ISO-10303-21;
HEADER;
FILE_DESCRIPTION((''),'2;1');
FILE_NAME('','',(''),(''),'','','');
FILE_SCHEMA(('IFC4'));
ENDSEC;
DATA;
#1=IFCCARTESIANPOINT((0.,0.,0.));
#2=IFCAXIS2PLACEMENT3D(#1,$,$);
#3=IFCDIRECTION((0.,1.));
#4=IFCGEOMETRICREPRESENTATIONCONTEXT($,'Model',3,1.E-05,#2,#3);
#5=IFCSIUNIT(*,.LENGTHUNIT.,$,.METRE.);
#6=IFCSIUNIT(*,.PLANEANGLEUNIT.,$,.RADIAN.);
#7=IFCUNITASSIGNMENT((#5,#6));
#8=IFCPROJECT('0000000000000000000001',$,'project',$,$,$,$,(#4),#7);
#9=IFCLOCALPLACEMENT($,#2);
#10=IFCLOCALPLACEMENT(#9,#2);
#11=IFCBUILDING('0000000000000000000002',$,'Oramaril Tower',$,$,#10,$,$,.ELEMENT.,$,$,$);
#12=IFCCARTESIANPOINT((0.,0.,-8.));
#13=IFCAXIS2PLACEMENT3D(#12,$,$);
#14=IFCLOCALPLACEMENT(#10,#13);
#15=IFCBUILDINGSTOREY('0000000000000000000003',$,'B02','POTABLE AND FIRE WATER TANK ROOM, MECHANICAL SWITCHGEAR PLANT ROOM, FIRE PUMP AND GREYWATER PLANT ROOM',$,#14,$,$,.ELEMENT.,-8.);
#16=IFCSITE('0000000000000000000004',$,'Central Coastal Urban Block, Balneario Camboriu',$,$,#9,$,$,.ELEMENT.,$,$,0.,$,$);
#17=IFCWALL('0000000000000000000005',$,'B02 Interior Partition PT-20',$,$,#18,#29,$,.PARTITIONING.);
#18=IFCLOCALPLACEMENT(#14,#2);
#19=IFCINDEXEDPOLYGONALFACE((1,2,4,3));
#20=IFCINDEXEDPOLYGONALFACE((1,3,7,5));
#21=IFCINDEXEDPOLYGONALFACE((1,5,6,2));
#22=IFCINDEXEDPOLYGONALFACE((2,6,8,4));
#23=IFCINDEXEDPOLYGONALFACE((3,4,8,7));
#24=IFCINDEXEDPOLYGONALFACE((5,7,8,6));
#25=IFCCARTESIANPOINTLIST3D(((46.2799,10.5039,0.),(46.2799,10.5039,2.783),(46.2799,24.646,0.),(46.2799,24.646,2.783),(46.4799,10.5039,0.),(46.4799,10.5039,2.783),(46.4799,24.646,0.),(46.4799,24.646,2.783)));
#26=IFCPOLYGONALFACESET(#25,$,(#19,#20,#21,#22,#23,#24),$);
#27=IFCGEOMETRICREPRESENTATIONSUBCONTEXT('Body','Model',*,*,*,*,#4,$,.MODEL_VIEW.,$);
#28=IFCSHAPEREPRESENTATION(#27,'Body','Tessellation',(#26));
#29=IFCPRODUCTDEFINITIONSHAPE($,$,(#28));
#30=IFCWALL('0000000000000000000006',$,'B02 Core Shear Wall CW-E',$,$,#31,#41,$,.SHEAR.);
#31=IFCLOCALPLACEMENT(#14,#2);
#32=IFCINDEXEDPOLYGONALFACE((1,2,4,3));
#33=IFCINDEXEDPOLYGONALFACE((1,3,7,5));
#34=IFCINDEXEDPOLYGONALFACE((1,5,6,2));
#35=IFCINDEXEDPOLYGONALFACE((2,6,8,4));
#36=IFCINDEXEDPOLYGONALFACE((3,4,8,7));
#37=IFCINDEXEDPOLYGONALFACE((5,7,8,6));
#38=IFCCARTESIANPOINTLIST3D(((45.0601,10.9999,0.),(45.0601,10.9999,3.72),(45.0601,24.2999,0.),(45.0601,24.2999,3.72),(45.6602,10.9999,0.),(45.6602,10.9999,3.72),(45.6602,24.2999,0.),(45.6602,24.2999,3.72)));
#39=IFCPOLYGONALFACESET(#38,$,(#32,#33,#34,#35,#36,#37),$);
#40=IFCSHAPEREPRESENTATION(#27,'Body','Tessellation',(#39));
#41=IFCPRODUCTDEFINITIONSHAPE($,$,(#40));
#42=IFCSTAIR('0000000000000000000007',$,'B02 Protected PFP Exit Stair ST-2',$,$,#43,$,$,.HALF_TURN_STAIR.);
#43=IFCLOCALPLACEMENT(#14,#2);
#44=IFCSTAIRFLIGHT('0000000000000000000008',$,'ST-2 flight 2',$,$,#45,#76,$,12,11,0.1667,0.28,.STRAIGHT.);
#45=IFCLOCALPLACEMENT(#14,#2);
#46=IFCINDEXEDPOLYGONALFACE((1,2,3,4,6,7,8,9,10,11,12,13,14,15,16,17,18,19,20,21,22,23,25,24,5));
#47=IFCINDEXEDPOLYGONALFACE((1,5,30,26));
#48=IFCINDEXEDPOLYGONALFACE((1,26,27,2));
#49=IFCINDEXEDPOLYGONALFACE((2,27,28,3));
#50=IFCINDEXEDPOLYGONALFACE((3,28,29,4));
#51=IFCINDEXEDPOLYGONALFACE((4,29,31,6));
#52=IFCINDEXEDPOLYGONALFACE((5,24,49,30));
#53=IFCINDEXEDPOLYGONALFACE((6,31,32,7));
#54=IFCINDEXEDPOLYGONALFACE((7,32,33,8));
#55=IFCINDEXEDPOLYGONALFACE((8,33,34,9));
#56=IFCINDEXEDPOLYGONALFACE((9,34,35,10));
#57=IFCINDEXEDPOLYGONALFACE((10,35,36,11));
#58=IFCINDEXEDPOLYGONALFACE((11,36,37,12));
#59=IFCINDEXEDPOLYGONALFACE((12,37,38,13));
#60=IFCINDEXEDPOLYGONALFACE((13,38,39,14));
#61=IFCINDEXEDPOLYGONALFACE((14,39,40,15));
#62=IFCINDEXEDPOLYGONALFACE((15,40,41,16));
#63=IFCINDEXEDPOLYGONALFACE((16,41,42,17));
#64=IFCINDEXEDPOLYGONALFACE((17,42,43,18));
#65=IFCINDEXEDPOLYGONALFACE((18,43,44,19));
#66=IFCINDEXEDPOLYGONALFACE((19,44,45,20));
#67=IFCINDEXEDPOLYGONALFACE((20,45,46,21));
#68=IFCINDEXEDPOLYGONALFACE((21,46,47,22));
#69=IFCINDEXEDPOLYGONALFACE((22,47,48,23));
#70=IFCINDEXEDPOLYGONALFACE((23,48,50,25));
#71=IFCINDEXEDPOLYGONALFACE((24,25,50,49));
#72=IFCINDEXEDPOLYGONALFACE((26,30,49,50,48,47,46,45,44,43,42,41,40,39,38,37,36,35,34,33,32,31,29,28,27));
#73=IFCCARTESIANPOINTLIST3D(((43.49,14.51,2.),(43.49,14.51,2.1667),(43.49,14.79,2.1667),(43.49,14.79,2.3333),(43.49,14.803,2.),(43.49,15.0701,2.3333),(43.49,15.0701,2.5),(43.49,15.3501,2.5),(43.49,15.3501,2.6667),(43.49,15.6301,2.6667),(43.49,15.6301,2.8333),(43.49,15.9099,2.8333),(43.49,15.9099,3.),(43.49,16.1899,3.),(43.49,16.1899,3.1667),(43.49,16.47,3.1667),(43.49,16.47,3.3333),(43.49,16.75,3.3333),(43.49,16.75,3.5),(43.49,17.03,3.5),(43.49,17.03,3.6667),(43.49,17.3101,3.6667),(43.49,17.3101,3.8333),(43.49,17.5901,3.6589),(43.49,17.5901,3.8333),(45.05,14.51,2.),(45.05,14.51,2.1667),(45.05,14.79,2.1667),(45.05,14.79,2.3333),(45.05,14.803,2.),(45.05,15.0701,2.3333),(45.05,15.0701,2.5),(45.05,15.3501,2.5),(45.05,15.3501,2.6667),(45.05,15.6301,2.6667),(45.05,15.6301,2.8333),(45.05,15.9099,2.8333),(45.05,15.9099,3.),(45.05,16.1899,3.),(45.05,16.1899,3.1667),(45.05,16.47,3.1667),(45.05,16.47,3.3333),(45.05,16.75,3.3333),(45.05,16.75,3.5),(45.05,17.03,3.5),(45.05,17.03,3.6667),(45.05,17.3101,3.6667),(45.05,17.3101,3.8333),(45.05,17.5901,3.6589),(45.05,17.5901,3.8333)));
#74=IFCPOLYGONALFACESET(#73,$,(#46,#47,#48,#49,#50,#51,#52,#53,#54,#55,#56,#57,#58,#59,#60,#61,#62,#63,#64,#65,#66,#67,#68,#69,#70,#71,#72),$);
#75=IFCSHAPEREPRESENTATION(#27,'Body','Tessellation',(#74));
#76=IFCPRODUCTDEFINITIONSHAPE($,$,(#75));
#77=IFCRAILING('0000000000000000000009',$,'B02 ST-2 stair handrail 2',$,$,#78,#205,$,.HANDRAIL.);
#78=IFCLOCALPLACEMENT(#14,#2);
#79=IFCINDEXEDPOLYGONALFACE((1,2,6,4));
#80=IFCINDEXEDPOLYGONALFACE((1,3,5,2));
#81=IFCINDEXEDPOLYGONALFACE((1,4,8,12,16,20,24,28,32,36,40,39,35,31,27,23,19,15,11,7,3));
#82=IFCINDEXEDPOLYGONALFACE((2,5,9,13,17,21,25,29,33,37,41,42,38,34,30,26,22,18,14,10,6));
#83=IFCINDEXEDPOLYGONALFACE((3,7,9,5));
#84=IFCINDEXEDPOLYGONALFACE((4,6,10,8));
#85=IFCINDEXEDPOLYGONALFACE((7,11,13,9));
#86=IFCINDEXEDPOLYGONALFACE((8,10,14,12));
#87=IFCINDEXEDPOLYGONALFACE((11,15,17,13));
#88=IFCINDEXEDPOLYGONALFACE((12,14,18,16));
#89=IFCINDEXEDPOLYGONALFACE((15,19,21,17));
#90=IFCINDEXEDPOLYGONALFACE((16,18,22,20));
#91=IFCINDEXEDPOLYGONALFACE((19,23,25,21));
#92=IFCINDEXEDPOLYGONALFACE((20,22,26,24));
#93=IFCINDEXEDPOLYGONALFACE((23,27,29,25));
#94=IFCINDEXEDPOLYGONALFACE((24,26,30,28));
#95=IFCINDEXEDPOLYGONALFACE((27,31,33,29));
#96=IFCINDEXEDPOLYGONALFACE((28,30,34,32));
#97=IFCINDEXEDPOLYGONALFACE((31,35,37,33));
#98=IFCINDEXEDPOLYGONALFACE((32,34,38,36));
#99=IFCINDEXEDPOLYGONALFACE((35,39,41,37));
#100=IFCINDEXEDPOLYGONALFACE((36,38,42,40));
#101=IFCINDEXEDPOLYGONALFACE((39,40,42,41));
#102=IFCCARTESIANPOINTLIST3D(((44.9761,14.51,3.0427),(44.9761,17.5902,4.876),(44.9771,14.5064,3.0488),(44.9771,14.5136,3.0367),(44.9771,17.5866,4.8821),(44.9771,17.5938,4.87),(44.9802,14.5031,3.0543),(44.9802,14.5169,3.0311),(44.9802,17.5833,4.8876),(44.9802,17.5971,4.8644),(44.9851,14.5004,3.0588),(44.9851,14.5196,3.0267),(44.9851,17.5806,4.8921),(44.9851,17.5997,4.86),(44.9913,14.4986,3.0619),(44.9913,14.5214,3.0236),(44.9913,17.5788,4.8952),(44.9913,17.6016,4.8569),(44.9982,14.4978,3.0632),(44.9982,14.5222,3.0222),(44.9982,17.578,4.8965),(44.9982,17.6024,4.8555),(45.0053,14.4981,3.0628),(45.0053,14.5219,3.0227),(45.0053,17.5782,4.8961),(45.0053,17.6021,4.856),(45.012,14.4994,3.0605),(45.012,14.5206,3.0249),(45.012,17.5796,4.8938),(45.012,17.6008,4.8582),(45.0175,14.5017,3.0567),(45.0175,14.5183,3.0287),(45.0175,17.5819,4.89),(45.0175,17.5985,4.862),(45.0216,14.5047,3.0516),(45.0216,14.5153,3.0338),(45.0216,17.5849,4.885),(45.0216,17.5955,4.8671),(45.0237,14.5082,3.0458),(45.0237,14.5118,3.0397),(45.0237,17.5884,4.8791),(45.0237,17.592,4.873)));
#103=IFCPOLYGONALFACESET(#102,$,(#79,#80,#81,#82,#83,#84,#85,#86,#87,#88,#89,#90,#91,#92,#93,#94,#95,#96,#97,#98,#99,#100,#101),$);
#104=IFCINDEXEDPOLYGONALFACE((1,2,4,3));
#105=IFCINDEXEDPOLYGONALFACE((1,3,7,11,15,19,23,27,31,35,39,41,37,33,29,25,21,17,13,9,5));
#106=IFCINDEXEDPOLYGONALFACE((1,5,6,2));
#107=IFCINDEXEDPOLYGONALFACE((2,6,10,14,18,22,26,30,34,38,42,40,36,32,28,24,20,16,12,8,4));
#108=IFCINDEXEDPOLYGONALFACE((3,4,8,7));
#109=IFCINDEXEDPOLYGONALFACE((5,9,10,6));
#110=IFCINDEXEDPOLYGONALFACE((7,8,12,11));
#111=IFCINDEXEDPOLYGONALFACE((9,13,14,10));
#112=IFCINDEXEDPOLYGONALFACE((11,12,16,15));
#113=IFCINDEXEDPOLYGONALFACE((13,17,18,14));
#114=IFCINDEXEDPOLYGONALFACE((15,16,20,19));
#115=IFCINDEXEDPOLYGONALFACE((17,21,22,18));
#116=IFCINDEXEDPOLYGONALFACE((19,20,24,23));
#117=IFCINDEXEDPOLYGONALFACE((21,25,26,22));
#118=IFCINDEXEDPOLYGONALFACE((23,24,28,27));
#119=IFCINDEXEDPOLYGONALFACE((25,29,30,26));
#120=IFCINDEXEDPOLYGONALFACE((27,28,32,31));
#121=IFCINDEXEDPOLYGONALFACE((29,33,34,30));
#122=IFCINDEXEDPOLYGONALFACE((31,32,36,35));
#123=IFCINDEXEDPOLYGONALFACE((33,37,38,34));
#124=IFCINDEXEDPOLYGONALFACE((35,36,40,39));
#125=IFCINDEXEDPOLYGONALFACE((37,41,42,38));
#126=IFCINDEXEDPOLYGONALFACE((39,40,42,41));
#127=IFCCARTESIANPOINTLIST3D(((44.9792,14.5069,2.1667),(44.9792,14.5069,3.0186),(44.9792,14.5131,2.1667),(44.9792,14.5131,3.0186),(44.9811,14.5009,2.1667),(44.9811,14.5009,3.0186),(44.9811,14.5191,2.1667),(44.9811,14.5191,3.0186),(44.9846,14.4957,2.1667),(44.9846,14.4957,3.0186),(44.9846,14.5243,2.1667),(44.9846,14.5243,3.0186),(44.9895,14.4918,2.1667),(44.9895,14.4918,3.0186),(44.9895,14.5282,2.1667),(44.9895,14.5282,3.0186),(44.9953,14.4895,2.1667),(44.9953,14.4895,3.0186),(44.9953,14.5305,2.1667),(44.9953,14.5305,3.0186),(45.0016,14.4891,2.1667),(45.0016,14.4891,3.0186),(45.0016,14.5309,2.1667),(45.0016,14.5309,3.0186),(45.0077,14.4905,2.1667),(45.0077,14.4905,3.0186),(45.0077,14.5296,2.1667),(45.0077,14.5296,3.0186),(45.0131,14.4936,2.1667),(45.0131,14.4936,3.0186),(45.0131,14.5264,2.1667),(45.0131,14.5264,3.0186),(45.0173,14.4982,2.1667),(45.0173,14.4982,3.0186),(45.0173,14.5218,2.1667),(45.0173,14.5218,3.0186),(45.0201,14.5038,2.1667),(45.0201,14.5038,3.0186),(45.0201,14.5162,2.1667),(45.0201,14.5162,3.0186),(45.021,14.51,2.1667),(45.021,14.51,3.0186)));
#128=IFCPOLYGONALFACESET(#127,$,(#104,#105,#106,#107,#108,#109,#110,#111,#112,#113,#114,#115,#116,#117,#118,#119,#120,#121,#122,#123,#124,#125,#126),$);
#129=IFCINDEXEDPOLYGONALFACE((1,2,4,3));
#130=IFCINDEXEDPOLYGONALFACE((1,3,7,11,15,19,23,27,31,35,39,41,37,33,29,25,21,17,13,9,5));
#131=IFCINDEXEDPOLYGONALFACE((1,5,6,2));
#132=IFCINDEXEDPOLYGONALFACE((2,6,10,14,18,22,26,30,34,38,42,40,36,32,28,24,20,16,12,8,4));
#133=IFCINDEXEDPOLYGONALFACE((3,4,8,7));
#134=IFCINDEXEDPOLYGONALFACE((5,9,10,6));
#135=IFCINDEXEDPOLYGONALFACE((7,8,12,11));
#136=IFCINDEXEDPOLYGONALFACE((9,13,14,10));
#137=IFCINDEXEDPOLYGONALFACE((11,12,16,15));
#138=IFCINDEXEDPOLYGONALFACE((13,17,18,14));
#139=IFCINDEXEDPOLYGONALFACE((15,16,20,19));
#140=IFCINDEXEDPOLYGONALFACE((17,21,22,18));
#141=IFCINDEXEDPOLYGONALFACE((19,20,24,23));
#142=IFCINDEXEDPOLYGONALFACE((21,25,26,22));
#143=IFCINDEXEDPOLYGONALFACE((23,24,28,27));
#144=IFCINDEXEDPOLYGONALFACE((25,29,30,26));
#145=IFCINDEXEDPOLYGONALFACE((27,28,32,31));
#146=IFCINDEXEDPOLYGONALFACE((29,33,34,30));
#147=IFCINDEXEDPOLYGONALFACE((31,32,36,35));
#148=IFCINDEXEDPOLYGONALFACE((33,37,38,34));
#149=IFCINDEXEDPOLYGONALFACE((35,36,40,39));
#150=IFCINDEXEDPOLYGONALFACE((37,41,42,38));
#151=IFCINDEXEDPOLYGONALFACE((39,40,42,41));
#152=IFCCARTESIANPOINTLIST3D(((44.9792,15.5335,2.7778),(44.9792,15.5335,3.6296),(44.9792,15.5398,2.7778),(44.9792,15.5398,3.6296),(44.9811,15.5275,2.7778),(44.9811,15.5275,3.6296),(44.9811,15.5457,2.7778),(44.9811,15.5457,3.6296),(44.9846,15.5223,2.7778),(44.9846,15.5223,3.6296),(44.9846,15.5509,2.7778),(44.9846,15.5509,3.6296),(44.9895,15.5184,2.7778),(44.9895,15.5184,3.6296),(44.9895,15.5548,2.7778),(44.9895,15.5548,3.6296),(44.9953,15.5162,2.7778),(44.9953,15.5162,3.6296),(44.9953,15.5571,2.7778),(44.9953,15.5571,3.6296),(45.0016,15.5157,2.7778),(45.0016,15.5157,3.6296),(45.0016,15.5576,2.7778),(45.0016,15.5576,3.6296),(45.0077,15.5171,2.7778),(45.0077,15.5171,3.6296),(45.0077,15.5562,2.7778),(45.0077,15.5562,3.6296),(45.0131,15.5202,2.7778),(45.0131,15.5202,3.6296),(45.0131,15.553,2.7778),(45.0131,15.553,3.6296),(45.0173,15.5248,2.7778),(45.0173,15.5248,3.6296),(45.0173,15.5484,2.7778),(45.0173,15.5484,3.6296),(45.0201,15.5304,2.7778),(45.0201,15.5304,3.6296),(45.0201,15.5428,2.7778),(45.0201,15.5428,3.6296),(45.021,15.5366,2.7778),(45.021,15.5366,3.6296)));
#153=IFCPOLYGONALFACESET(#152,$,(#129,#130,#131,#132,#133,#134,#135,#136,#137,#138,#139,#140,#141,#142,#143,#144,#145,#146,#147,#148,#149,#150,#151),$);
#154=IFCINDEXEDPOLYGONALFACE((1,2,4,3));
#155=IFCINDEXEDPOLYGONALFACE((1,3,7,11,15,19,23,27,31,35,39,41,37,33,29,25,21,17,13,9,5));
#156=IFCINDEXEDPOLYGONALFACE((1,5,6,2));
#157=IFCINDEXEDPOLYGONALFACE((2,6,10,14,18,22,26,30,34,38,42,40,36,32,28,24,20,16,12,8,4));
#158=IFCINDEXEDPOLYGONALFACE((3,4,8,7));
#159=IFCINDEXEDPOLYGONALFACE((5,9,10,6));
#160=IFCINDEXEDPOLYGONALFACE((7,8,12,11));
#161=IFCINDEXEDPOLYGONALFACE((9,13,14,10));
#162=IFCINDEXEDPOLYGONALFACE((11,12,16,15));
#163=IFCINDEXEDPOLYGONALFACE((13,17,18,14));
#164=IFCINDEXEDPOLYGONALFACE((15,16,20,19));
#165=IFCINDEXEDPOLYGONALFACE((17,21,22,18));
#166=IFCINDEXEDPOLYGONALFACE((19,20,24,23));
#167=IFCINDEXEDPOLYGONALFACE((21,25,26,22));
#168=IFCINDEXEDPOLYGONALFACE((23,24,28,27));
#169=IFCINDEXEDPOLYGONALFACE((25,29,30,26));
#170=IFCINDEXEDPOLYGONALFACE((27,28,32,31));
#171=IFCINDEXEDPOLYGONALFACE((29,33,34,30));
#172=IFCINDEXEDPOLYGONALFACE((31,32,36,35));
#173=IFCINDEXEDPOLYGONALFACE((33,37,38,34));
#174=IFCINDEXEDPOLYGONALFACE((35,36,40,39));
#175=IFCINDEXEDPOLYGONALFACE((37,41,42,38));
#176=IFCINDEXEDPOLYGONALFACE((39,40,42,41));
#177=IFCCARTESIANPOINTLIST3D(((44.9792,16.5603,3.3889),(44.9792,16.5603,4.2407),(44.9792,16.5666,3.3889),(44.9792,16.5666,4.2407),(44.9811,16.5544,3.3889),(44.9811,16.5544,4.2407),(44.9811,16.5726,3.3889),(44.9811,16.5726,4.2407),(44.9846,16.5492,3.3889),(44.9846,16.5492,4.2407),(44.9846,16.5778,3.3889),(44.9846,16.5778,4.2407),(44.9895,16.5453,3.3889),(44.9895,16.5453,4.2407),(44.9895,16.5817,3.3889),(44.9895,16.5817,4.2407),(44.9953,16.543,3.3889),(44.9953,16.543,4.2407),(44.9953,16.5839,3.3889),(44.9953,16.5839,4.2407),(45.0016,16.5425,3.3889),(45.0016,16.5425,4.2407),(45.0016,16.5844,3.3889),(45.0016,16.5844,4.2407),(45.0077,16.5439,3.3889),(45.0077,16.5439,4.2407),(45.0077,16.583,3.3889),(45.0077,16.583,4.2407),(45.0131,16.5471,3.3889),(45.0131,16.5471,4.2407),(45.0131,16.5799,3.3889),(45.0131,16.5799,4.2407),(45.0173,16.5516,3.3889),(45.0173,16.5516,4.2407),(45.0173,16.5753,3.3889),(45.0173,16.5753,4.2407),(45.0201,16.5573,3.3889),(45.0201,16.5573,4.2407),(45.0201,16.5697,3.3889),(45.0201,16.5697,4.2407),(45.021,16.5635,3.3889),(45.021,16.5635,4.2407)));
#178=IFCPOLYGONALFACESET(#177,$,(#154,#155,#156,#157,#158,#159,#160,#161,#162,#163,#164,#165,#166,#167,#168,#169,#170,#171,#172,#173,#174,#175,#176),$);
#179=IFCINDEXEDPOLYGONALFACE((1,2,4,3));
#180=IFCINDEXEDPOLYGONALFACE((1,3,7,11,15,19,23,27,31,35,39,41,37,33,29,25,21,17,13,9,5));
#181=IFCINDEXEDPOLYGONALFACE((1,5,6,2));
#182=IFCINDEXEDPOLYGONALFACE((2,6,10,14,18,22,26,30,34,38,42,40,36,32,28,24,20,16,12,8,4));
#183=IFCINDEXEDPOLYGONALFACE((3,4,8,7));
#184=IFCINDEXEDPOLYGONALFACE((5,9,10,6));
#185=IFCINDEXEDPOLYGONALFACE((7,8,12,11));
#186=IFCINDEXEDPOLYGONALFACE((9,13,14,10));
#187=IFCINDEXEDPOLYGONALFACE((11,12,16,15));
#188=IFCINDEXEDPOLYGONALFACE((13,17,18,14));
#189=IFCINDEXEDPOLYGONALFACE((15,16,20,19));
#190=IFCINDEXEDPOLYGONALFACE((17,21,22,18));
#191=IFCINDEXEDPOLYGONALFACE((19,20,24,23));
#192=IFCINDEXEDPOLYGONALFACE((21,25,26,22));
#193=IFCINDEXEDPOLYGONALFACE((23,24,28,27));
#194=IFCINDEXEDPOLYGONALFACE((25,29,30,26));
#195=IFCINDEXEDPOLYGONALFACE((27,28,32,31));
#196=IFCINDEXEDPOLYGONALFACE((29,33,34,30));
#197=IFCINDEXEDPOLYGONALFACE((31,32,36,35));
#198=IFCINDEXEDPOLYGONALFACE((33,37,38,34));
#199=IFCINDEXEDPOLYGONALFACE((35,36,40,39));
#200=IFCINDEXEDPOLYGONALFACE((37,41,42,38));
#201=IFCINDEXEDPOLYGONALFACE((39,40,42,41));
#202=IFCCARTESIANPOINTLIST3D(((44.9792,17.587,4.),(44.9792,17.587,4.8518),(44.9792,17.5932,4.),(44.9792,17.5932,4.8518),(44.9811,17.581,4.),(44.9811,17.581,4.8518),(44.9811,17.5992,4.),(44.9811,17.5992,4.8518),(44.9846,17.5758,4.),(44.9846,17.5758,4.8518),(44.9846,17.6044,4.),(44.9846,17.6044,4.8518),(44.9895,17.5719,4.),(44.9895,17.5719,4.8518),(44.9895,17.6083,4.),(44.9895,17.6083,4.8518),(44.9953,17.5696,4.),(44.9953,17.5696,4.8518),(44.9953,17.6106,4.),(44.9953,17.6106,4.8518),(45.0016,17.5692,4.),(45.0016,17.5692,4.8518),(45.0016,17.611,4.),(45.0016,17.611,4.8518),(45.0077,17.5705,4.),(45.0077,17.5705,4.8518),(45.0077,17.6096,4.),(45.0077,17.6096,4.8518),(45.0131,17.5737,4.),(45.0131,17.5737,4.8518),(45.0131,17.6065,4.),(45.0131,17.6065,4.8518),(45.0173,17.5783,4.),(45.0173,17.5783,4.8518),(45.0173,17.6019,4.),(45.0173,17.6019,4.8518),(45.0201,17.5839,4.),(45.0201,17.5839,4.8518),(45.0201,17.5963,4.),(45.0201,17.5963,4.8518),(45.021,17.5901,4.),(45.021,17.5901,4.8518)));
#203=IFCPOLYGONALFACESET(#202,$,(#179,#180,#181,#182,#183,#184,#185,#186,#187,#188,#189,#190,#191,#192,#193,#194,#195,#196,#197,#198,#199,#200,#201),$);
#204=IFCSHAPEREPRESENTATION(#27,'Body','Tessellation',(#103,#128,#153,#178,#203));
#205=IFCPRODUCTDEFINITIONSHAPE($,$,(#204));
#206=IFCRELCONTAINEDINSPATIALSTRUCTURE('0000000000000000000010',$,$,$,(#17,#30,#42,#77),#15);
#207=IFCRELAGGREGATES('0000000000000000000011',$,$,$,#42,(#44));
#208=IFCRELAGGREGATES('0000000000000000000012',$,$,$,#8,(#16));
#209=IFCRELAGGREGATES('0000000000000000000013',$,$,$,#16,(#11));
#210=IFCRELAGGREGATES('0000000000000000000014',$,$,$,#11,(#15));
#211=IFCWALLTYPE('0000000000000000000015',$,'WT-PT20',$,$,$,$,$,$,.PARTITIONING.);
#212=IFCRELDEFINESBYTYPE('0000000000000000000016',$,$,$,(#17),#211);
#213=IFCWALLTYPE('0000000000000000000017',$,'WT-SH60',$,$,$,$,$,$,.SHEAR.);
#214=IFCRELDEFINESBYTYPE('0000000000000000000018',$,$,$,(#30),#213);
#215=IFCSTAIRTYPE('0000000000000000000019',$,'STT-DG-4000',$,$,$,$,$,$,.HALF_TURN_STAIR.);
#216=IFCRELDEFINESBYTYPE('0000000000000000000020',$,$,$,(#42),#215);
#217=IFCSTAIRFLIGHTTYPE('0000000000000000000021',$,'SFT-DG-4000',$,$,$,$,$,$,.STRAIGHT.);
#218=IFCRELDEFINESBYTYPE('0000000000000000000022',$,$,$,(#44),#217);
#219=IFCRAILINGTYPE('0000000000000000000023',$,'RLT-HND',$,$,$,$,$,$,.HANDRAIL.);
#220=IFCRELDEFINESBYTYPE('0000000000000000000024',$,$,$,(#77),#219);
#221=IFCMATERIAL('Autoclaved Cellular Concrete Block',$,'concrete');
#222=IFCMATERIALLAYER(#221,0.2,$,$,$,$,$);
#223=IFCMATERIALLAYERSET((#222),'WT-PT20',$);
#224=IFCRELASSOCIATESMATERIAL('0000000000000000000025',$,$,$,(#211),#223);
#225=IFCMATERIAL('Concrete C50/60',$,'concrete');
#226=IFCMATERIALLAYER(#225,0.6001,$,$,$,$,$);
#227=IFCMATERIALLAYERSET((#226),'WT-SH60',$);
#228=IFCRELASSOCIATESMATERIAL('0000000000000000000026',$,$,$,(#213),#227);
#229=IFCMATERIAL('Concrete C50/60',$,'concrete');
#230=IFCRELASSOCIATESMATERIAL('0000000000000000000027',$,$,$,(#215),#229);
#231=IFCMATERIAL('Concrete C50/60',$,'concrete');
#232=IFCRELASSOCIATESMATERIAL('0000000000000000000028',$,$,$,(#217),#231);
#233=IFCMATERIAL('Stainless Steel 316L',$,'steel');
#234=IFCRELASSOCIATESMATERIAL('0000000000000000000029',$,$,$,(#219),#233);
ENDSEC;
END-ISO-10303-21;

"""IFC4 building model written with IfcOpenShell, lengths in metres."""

from ifc_helpers import new_model, si_unit, direction, frame, frame_2d, origin, origin_2d, place, context, subcontext, project, spatial, polyline, rectangle, circle, outline, extrude, material, layer, layer_set, type_object, element, aggregate, save


model = new_model("IFC4")

# Units and contexts
model_context = context("Model", 3, precision=1e-05, world=origin(), true_north=direction((0.0, 1.0)))
body_context = subcontext(model_context, "Body", "Model", "MODEL_VIEW")
ifc_project = project(units=[si_unit("LENGTHUNIT", "METRE"), si_unit("PLANEANGLEUNIT", "RADIAN")], contexts=[model_context])

# Site, building, storey
site_placement = place(None, origin())
site = spatial("IfcSite", under=ifc_project, at=site_placement, Name="Central Coastal Urban Block, Balneario Camboriu", CompositionType="ELEMENT", RefElevation=0.0)
building_placement = place(site_placement, origin())
building = spatial("IfcBuilding", under=site, at=building_placement, Name="Oramaril Tower", CompositionType="ELEMENT")
storey_placement = place(building_placement, frame((0.0, 0.0, -8.0)))
storey = spatial("IfcBuildingStorey", under=building, at=storey_placement, Name="B02", Description="POTABLE AND FIRE WATER TANK ROOM, MECHANICAL SWITCHGEAR PLANT ROOM, FIRE PUMP AND GREYWATER PLANT ROOM", CompositionType="ELEMENT", Elevation=-8.0)

# Walls
ifc_material_1 = material(Name="Autoclaved Cellular Concrete Block", Category="concrete")
ifc_layer_1 = layer(ifc_material_1, 0.2)
ifc_layer_set_1 = layer_set([ifc_layer_1], Name="WT-PT20")
wall_type_1 = type_object("IfcWallType", Name="WT-PT20", PredefinedType="PARTITIONING", material=ifc_layer_set_1)
wall_1_placement = place(storey_placement, frame((46.3799, 10.5039, 0.0), z_axis=(0.0, 0.0, 1.0), x_axis=(0.0, 1.0, 0.0)))
element("IfcWall", 1, at=wall_1_placement, inside=storey, type_object=wall_type_1, Name="B02 Interior Partition PT-20", PredefinedType="PARTITIONING", context=body_context, shape_type="SweptSolid", body=[
    extrude(rectangle(XDim=14.1421, YDim=0.2, at=frame_2d((7.071, 0.0))), origin(), (0.0, 0.0, 1.0), 2.783),
])
ifc_material_2 = material(Name="Concrete C50/60", Category="concrete")
ifc_layer_2 = layer(ifc_material_2, 0.6001)
ifc_layer_set_2 = layer_set([ifc_layer_2], Name="WT-SH60")
wall_type_2 = type_object("IfcWallType", Name="WT-SH60", PredefinedType="SHEAR", material=ifc_layer_set_2)
wall_2_placement = place(storey_placement, frame((45.3601, 11.0, 0.0), z_axis=(0.0, 0.0, 1.0), x_axis=(0.0, 1.0, 0.0)))
element("IfcWall", 2, at=wall_2_placement, inside=storey, type_object=wall_type_2, Name="B02 Core Shear Wall CW-E", PredefinedType="SHEAR", context=body_context, shape_type="SweptSolid", body=[
    extrude(rectangle(XDim=13.3, YDim=0.6001, at=frame_2d((6.6499, 0.0))), origin(), (0.0, 0.0, 1.0), 3.72),
])

# Stair, stair flight
ifc_material_3 = material(Name="Concrete C50/60", Category="concrete")
stair_type = type_object("IfcStairType", Name="STT-DG-4000", PredefinedType="HALF_TURN_STAIR", material=ifc_material_3)
stair_placement = place(storey_placement, origin())
stair = element("IfcStair", 3, at=stair_placement, inside=storey, type_object=stair_type, Name="B02 Protected PFP Exit Stair ST-2", PredefinedType="HALF_TURN_STAIR")
ifc_material_4 = material(Name="Concrete C50/60", Category="concrete")
stair_flight_type = type_object("IfcStairFlightType", Name="SFT-DG-4000", PredefinedType="STRAIGHT", material=ifc_material_4)
stair_flight_placement = place(storey_placement, frame((44.27, 14.51, 2.0), z_axis=(0.0, 0.0, 1.0), x_axis=(0.0, 1.0, 0.0)))
stair_flight = element("IfcStairFlight", 4, at=stair_flight_placement, type_object=stair_flight_type, Name="ST-2 flight 2", NumberOfRisers=12, NumberOfTreads=11, PredefinedType="STRAIGHT", RiserHeight=0.1667, TreadLength=0.28, context=body_context, shape_type="SweptSolid", body=[
    extrude(outline(polyline([(0.0, 0.0), (0.0, 0.1667), (0.28, 0.1667), (0.28, 0.3333), (0.5601, 0.3333), (0.5601, 0.5), (0.8401, 0.5), (0.8401, 0.6667), (1.1201, 0.6667), (1.1201, 0.8333), (1.3999, 0.8333), (1.3999, 1.0), (1.6799, 1.0), (1.6799, 1.1667), (1.96, 1.1667), (1.96, 1.3333), (2.24, 1.3333), (2.24, 1.5), (2.52, 1.5), (2.52, 1.6667), (2.8, 1.6667), (2.8, 1.8333), (3.0801, 1.8333), (3.0801, 2.0), (3.0801, 1.6589), (0.293, 0.0), (0.0, 0.0)])), frame((0.0, 0.78, 0.0), z_axis=(0.0, -1.0, 0.0), x_axis=(1.0, 0.0, 0.0)), (0.0, 0.0, 1.0), 1.5601),
])
aggregate(stair, [stair_flight])

# Railing
ifc_material_5 = material(Name="Stainless Steel 316L", Category="steel")
railing_type = type_object("IfcRailingType", Name="RLT-HND", PredefinedType="HANDRAIL", material=ifc_material_5)
railing_placement = place(storey_placement, frame((45.0, 14.51, 2.1667)))
element("IfcRailing", 5, at=railing_placement, inside=storey, type_object=railing_type, Name="B02 ST-2 stair handrail 2", PredefinedType="HANDRAIL", context=body_context, shape_type="SweptSolid", body=[
    extrude(circle(Radius=0.0239, at=origin_2d()), frame((0.0, 0.0, 0.876), z_axis=(0.0, 0.859309, 0.511458), x_axis=(-1.0, 0.0, 0.0)), (0.0, 0.0, 1.0), 3.5845),
    extrude(circle(Radius=0.021, at=origin_2d()), origin(), (0.0, 0.0, 1.0), 0.8518),
    extrude(circle(Radius=0.021, at=origin_2d()), frame((0.0, 1.0266, 0.6111)), (0.0, 0.0, 1.0), 0.8518),
    extrude(circle(Radius=0.021, at=origin_2d()), frame((0.0, 2.0535, 1.2222)), (0.0, 0.0, 1.0), 0.8518),
    extrude(circle(Radius=0.021, at=origin_2d()), frame((0.0, 3.0801, 1.8333)), (0.0, 0.0, 1.0), 0.8518),
])

save(model, "model.ifc")
